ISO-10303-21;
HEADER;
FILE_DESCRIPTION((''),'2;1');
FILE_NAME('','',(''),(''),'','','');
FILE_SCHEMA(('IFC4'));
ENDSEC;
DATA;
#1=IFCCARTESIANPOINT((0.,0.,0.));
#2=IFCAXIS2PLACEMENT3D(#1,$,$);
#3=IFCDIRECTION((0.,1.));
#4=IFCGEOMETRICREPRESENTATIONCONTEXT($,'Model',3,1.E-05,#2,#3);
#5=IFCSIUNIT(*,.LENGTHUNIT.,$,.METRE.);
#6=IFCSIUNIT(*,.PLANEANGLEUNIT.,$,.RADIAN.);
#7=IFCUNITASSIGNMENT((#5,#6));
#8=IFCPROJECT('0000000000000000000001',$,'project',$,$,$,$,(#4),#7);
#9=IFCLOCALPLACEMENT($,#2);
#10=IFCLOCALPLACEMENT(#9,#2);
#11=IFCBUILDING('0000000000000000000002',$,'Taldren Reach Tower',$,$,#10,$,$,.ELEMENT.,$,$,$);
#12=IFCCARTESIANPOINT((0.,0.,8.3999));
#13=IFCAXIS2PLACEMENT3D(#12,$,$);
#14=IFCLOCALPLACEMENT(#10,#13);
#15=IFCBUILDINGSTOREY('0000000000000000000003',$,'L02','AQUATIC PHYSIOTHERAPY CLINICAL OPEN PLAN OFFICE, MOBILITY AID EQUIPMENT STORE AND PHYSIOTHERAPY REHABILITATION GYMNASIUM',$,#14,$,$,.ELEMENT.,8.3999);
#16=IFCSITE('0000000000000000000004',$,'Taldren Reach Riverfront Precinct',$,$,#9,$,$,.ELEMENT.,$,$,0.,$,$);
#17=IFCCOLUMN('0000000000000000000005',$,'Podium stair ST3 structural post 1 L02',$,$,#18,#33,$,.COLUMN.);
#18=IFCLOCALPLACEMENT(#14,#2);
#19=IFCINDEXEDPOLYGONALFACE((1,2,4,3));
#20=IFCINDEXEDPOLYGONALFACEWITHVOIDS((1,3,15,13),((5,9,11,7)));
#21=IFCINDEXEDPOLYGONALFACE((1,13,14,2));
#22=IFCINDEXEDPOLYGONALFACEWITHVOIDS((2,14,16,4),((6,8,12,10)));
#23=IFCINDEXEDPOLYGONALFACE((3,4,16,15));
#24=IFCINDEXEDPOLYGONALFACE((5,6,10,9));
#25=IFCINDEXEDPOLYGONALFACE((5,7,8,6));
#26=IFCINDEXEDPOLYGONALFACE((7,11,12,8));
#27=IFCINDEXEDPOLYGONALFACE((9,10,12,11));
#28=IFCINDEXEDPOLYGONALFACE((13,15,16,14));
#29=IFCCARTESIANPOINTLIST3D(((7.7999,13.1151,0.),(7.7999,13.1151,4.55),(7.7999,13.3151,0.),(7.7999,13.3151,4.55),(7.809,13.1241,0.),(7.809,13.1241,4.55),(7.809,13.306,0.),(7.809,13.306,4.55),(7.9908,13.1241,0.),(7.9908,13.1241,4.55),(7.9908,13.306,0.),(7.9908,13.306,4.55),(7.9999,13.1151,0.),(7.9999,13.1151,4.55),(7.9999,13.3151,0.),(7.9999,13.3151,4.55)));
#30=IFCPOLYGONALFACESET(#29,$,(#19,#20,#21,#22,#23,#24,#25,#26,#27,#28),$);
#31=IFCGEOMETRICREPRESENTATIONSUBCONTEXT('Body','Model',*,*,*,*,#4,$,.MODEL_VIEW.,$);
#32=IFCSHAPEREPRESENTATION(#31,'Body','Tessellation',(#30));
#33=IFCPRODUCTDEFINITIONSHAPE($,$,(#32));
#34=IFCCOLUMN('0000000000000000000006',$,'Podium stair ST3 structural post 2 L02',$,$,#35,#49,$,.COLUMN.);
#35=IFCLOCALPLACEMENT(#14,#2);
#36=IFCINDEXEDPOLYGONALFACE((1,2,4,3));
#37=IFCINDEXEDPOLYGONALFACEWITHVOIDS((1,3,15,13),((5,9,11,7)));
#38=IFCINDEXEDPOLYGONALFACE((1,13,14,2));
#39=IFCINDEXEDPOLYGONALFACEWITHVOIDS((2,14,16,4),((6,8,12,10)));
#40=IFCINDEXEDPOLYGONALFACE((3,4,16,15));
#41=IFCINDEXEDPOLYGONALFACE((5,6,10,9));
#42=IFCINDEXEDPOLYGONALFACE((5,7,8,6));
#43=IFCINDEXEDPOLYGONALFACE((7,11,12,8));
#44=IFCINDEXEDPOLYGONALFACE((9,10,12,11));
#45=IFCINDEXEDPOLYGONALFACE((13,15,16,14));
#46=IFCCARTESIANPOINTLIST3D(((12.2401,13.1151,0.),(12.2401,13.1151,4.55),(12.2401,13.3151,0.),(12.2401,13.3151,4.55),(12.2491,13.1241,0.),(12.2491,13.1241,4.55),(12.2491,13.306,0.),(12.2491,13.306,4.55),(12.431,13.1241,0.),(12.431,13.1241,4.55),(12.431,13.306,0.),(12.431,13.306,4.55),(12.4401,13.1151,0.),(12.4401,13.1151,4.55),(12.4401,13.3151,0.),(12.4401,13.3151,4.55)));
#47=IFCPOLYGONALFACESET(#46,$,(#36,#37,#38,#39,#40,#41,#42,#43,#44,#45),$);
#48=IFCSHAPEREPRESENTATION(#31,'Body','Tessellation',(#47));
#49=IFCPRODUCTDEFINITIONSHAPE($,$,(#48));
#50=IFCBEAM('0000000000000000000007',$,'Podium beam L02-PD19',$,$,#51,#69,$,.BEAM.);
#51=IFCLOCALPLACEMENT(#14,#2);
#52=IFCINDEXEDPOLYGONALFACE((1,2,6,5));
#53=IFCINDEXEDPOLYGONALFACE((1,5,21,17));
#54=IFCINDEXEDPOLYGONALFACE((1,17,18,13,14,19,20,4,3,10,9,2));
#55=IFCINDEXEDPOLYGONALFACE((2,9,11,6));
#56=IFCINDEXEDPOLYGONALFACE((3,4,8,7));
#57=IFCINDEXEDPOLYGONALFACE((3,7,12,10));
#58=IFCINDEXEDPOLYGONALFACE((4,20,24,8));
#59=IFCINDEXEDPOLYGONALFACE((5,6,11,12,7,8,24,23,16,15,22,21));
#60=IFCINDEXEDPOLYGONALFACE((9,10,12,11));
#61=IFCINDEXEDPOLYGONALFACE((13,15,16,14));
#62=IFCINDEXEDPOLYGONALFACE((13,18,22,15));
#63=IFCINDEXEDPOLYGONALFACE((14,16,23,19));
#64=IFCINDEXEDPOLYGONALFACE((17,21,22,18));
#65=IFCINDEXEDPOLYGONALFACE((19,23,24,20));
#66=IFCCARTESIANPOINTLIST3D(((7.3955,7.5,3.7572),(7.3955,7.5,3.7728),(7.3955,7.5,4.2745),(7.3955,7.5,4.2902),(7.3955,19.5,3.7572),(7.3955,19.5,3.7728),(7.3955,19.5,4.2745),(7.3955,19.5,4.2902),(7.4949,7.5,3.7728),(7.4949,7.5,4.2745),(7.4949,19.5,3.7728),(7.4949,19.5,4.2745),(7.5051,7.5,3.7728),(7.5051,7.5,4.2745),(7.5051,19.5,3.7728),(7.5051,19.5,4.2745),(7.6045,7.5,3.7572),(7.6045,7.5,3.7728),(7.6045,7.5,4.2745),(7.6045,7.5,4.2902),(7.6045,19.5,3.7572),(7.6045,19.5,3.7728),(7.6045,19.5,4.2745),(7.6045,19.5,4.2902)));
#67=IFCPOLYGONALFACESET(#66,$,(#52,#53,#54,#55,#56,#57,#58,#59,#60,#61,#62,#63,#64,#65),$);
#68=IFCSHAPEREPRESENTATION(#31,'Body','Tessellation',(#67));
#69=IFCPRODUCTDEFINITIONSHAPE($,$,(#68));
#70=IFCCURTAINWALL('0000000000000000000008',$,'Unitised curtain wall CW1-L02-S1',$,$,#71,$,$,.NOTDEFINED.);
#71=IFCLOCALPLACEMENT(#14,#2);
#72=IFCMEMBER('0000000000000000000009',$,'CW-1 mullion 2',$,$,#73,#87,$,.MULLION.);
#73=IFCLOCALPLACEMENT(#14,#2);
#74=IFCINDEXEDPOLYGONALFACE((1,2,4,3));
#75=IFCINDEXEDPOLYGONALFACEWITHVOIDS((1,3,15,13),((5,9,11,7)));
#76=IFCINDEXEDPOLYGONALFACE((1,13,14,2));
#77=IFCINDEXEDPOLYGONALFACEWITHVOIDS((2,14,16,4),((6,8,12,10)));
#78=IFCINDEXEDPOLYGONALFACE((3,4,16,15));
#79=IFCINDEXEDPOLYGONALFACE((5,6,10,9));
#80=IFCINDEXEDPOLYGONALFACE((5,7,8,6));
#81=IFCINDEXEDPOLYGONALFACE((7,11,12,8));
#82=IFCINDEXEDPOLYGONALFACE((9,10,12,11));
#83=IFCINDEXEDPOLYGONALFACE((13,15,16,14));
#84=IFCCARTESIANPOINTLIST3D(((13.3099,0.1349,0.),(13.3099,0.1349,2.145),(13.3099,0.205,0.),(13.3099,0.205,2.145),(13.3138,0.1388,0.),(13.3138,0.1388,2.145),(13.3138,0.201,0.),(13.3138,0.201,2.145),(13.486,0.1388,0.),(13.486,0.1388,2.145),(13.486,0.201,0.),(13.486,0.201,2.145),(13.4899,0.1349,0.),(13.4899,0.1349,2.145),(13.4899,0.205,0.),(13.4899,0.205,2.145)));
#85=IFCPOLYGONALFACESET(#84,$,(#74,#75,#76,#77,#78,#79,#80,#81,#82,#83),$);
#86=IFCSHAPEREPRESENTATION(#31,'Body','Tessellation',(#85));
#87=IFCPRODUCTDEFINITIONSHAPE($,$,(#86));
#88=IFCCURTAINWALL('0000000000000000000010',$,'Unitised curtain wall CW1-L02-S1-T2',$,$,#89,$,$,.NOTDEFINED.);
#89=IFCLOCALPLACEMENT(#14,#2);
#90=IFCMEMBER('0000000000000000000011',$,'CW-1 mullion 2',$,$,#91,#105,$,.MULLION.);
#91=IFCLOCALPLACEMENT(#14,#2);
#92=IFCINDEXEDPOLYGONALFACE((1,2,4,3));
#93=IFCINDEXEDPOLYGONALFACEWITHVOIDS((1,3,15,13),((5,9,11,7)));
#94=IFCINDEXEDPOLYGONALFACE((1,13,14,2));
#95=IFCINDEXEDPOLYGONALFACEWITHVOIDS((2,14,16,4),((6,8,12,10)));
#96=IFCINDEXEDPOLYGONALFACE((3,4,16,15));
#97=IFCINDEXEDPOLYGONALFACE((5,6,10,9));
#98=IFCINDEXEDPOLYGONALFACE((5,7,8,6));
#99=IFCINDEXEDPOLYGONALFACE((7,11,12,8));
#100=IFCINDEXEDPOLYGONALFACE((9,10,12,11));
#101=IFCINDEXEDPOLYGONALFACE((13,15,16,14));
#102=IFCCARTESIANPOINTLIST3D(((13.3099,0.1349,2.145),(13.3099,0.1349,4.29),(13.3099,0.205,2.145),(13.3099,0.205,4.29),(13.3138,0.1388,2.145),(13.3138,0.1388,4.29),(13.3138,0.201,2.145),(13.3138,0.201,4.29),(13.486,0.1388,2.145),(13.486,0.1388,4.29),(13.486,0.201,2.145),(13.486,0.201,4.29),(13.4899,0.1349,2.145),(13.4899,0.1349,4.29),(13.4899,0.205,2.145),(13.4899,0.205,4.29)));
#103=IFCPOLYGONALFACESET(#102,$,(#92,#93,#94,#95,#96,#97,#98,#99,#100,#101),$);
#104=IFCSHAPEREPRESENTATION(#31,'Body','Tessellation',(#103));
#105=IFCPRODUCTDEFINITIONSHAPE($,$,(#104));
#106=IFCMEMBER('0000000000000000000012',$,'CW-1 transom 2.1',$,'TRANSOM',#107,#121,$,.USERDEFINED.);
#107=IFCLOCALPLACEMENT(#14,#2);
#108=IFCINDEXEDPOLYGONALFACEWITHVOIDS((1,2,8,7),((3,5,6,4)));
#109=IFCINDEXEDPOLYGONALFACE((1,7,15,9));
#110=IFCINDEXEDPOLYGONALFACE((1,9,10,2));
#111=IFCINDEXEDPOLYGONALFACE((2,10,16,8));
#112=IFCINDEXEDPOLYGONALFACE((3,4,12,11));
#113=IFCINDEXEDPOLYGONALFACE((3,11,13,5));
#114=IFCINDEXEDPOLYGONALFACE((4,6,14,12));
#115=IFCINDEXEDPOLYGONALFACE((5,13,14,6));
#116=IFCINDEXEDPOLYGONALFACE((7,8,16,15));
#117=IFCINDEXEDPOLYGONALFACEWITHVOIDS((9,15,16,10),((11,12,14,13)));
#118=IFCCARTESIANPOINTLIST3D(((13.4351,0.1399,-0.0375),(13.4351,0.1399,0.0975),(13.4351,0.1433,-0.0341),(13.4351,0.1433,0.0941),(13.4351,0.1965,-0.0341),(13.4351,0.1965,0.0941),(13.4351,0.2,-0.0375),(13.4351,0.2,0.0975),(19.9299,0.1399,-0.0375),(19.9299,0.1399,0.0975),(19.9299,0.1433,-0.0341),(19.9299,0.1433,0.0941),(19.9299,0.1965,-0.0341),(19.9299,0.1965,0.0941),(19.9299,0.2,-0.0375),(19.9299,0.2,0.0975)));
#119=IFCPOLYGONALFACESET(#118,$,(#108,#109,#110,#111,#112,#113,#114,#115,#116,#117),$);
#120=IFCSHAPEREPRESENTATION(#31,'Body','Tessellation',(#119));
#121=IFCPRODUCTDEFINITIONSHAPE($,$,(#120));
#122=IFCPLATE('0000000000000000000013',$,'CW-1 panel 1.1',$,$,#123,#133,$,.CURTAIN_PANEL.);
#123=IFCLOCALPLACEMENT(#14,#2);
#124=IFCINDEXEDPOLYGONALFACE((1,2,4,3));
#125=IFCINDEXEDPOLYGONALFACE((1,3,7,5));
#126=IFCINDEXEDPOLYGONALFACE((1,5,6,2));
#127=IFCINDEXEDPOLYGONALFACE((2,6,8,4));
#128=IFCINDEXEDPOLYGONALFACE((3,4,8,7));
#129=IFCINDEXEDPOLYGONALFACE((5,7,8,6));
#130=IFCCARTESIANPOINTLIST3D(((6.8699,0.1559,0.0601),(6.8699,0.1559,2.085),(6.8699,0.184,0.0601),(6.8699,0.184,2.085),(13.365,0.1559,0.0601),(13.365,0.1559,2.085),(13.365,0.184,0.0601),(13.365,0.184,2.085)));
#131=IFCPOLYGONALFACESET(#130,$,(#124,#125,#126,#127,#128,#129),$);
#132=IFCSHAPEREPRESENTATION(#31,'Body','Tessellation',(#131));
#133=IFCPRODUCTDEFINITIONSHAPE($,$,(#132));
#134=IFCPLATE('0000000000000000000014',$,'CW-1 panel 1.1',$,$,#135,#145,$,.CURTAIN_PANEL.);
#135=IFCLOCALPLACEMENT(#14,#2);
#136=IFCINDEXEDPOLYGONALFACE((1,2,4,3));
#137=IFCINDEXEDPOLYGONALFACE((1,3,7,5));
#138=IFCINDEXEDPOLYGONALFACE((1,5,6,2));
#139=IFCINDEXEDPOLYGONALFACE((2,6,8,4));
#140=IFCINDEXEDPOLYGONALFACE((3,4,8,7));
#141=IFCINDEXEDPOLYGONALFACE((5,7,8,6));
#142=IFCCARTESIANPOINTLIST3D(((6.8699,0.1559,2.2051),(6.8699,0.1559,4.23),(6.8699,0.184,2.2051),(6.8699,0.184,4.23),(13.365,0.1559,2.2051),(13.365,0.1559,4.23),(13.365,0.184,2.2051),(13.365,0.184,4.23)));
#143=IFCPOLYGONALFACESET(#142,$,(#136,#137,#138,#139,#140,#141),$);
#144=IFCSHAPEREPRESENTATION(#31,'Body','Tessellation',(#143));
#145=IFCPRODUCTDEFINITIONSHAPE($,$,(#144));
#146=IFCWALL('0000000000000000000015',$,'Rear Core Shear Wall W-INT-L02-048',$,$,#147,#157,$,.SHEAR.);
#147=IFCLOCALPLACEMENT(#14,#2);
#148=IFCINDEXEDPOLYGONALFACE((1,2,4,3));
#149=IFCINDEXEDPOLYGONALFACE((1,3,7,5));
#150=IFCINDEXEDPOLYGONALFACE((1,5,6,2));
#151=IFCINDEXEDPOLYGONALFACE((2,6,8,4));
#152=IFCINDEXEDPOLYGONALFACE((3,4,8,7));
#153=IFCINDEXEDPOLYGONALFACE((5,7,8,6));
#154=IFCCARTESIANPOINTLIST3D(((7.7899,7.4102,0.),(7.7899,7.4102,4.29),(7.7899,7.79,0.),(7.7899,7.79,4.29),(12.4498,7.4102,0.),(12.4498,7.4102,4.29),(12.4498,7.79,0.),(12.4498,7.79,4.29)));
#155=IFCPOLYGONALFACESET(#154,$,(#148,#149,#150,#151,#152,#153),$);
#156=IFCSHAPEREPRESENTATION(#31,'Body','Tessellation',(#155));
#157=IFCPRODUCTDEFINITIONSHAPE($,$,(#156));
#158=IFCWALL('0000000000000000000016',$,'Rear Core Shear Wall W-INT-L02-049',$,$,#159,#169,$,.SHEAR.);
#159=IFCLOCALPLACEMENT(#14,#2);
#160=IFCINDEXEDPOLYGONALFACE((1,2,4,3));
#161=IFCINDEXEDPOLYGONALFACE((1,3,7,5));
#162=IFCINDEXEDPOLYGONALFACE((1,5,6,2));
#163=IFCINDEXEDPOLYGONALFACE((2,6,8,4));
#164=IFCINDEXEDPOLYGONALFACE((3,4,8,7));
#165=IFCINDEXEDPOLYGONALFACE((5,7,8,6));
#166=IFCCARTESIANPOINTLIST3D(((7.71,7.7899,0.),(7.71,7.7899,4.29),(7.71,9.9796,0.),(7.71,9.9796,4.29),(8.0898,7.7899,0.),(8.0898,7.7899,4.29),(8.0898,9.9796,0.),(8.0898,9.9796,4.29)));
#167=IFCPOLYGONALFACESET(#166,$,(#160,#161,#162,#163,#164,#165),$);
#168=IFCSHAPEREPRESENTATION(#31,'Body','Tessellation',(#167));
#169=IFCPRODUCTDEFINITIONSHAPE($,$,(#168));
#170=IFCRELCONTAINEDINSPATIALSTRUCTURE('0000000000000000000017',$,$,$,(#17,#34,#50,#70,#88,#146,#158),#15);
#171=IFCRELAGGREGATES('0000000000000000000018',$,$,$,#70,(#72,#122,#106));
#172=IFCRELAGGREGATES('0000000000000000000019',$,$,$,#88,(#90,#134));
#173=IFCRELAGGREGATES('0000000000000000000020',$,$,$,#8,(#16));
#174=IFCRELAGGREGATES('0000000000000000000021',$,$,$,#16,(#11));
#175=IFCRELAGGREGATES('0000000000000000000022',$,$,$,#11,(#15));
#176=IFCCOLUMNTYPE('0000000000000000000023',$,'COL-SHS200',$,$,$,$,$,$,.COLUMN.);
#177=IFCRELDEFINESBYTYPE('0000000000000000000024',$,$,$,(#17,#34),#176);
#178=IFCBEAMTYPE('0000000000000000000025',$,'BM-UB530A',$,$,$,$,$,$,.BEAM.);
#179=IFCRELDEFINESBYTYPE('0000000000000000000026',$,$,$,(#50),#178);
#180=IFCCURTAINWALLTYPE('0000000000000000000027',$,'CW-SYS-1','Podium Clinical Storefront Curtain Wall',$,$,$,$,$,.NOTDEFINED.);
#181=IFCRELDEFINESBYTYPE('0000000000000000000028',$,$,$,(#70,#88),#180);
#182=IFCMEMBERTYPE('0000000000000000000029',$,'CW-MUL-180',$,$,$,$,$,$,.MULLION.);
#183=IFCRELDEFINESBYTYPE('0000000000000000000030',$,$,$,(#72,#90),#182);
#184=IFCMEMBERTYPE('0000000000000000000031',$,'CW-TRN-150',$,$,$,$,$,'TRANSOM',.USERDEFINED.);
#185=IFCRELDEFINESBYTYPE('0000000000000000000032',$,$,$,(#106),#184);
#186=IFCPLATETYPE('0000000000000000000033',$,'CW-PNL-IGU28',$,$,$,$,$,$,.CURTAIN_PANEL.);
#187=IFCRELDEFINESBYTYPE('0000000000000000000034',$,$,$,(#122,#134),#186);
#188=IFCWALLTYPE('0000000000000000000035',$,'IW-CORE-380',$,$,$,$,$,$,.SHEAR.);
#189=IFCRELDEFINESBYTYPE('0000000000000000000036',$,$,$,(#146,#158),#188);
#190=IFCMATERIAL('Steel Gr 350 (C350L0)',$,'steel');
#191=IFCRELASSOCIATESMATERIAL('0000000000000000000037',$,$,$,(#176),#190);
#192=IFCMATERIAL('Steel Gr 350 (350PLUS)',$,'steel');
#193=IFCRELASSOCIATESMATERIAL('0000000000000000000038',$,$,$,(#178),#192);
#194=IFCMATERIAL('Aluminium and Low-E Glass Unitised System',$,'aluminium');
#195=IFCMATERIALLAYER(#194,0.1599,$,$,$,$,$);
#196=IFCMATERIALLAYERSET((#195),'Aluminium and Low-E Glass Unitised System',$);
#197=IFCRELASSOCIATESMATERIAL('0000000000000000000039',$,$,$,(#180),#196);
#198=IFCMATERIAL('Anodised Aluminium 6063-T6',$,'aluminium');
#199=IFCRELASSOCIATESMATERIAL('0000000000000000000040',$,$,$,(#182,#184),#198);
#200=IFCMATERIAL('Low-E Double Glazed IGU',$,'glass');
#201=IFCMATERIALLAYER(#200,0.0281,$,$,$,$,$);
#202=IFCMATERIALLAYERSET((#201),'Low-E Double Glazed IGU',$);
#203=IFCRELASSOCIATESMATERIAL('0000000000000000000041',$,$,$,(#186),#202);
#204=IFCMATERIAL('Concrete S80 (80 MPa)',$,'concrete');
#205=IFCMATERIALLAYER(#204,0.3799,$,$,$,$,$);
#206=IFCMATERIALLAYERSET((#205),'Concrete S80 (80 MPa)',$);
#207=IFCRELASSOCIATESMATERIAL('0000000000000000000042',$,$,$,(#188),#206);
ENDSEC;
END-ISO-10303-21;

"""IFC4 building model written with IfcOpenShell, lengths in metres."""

from ifc_helpers import new_model, si_unit, direction, frame, frame_2d, origin, origin_2d, place, context, subcontext, project, spatial, rectangle, hollow_rectangle, i_section, extrude, source, transform, mapped, material, layer, layer_set, material_profile, profile_set, type_object, element, aggregate, save


model = new_model("IFC4")

# Units and contexts
model_context = context("Model", 3, precision=1e-05, world=origin(), true_north=direction((0.0, 1.0)))
body_context = subcontext(model_context, "Body", "Model", "MODEL_VIEW")
ifc_project = project(units=[si_unit("LENGTHUNIT", "METRE"), si_unit("PLANEANGLEUNIT", "RADIAN")], contexts=[model_context])

# Site, building, storey
site_placement = place(None, origin())
site = spatial("IfcSite", under=ifc_project, at=site_placement, Name="Taldren Reach Riverfront Precinct", CompositionType="ELEMENT", RefElevation=0.0)
building_placement = place(site_placement, origin())
building = spatial("IfcBuilding", under=site, at=building_placement, Name="Taldren Reach Tower", CompositionType="ELEMENT")
storey_placement = place(building_placement, frame((0.0, 0.0, 8.3999)))
storey = spatial("IfcBuildingStorey", under=building, at=storey_placement, Name="L02", Description="AQUATIC PHYSIOTHERAPY CLINICAL OPEN PLAN OFFICE, MOBILITY AID EQUIPMENT STORE AND PHYSIOTHERAPY REHABILITATION GYMNASIUM", CompositionType="ELEMENT", Elevation=8.3999)

# Columns
ifc_material_1 = material(Name="Steel Gr 350 (C350L0)", Category="steel")
ifc_material_profile_1 = material_profile(ifc_material_1, hollow_rectangle(XDim=0.2, YDim=0.2, WallThickness=0.009, at=origin_2d()), Name="200x200x9.0SHS")
ifc_profile_set_1 = profile_set([ifc_material_profile_1], Name="Steel Gr 350 (C350L0)")
column_type = type_object("IfcColumnType", Name="COL-SHS200", PredefinedType="COLUMN", material=ifc_profile_set_1)
shared_shape_1 = source(origin(), body_context, "Body", "SweptSolid", [
    extrude(hollow_rectangle(XDim=0.2, YDim=0.2, WallThickness=0.009, at=origin_2d()), origin(), (0.0, 0.0, 1.0), 4.55),
])
for number, where, z_axis, x_axis, name in (
    (1, (7.8999, 13.2151, 0.0), (0.0, 0.0, 1.0), (1.0, 0.0, 0.0), "Podium stair ST3 structural post 1 L02"),
    (2, (12.3401, 13.2151, 0.0), (0.0, 0.0, 1.0), (1.0, 0.0, 0.0), "Podium stair ST3 structural post 2 L02"),
):
    element("IfcColumn", number, at=place(storey_placement, frame(where, z_axis=z_axis, x_axis=x_axis)), inside=storey, type_object=column_type, Name=name, PredefinedType="COLUMN", context=body_context, shape_type="MappedRepresentation", body=[
        mapped(shared_shape_1, transform((0.0, 0.0, 0.0), scale=1.0)),
    ])

# Beam
ifc_material_2 = material(Name="Steel Gr 350 (350PLUS)", Category="steel")
ifc_material_profile_2 = material_profile(ifc_material_2, i_section(OverallWidth=0.209, OverallDepth=0.533, WebThickness=0.0103, FlangeThickness=0.0156, at=origin_2d()), Name="530UB92.4")
ifc_profile_set_2 = profile_set([ifc_material_profile_2], Name="Steel Gr 350 (350PLUS)")
beam_type = type_object("IfcBeamType", Name="BM-UB530A", PredefinedType="BEAM", material=ifc_profile_set_2)
shared_shape_2 = source(origin(), body_context, "Body", "SweptSolid", [
    extrude(i_section(OverallWidth=0.209, OverallDepth=0.533, WebThickness=0.0103, FlangeThickness=0.0156, at=origin_2d()), origin(), (0.0, 0.0, 1.0), 12.0),
])
beam_placement = place(storey_placement, frame((7.5, 7.5, 4.0237), z_axis=(0.0, 1.0, 0.0), x_axis=(-1.0, 0.0, 0.0)))
element("IfcBeam", 3, at=beam_placement, inside=storey, type_object=beam_type, Name="Podium beam L02-PD19", PredefinedType="BEAM", context=body_context, shape_type="MappedRepresentation", body=[
    mapped(shared_shape_2, transform((0.0, 0.0, 0.0), scale=1.0)),
])

# Curtain walls, members
ifc_material_3 = material(Name="Aluminium and Low-E Glass Unitised System", Category="aluminium")
ifc_layer_1 = layer(ifc_material_3, 0.1599)
ifc_layer_set_1 = layer_set([ifc_layer_1], Name="Aluminium and Low-E Glass Unitised System")
curtain_wall_type = type_object("IfcCurtainWallType", Name="CW-SYS-1", Description="Podium Clinical Storefront Curtain Wall", PredefinedType="NOTDEFINED", material=ifc_layer_set_1)
curtain_wall_1_placement = place(storey_placement, origin())
curtain_wall_1 = element("IfcCurtainWall", 4, at=curtain_wall_1_placement, inside=storey, type_object=curtain_wall_type, Name="Unitised curtain wall CW1-L02-S1", PredefinedType="NOTDEFINED")
ifc_material_4 = material(Name="Anodised Aluminium 6063-T6", Category="aluminium")
ifc_material_profile_3 = material_profile(ifc_material_4, hollow_rectangle(XDim=0.0701, YDim=0.1799, WallThickness=0.0039, at=origin_2d()), Name="ALU-180x70x4RHS")
ifc_profile_set_3 = profile_set([ifc_material_profile_3], Name="Anodised Aluminium 6063-T6")
member_type_1 = type_object("IfcMemberType", Name="CW-MUL-180", PredefinedType="MULLION", material=ifc_profile_set_3)
shared_shape_3 = source(origin(), body_context, "Body", "SweptSolid", [
    extrude(hollow_rectangle(XDim=0.0701, YDim=0.1799, WallThickness=0.0039, at=origin_2d()), origin(), (0.0, 0.0, 1.0), 2.145),
])
member_1_placement = place(storey_placement, frame((13.3999, 0.1699, 0.0), z_axis=(0.0, 0.0, 1.0), x_axis=(0.0, 1.0, 0.0)))
member_1 = element("IfcMember", 5, at=member_1_placement, type_object=member_type_1, Name="CW-1 mullion 2", PredefinedType="MULLION", context=body_context, shape_type="MappedRepresentation", body=[
    mapped(shared_shape_3, transform((0.0, 0.0, 0.0), scale=1.0)),
])
curtain_wall_2_placement = place(storey_placement, origin())
curtain_wall_2 = element("IfcCurtainWall", 6, at=curtain_wall_2_placement, inside=storey, type_object=curtain_wall_type, Name="Unitised curtain wall CW1-L02-S1-T2", PredefinedType="NOTDEFINED")
member_2_placement = place(storey_placement, frame((13.3999, 0.1699, 2.145), z_axis=(0.0, 0.0, 1.0), x_axis=(0.0, 1.0, 0.0)))
member_2 = element("IfcMember", 7, at=member_2_placement, type_object=member_type_1, Name="CW-1 mullion 2", PredefinedType="MULLION", context=body_context, shape_type="MappedRepresentation", body=[
    mapped(shared_shape_3, transform((0.0, 0.0, 0.0), scale=1.0)),
])

# Member
ifc_material_profile_4 = material_profile(ifc_material_4, hollow_rectangle(XDim=0.0601, YDim=0.135, WallThickness=0.0034, at=origin_2d()), Name="ALU-135x60x3.5RHS")
ifc_profile_set_4 = profile_set([ifc_material_profile_4], Name="Anodised Aluminium 6063-T6")
member_type_2 = type_object("IfcMemberType", Name="CW-TRN-150", ElementType="TRANSOM", PredefinedType="USERDEFINED", material=ifc_profile_set_4)
shared_shape_4 = source(origin(), body_context, "Body", "SweptSolid", [
    extrude(hollow_rectangle(XDim=0.0601, YDim=0.135, WallThickness=0.0034, at=origin_2d()), origin(), (0.0, 0.0, 1.0), 6.4949),
])
member_3_placement = place(storey_placement, frame((13.4351, 0.1699, 0.03), z_axis=(1.0, 0.0, 0.0), x_axis=(0.0, 1.0, 0.0)))
member_3 = element("IfcMember", 8, at=member_3_placement, type_object=member_type_2, Name="CW-1 transom 2.1", ObjectType="TRANSOM", PredefinedType="USERDEFINED", context=body_context, shape_type="MappedRepresentation", body=[
    mapped(shared_shape_4, transform((0.0, 0.0, 0.0), scale=1.0)),
])

# Plates
ifc_material_5 = material(Name="Low-E Double Glazed IGU", Category="glass")
ifc_layer_2 = layer(ifc_material_5, 0.0281)
ifc_layer_set_2 = layer_set([ifc_layer_2], Name="Low-E Double Glazed IGU")
plate_type = type_object("IfcPlateType", Name="CW-PNL-IGU28", PredefinedType="CURTAIN_PANEL", material=ifc_layer_set_2)
shared_shape_5 = source(origin(), body_context, "Body", "SweptSolid", [
    extrude(rectangle(XDim=6.4951, YDim=0.0281, at=origin_2d()), origin(), (0.0, 0.0, 1.0), 2.0249),
])
plate_1_placement = place(storey_placement, frame((10.1174, 0.1699, 0.0601), z_axis=(0.0, 0.0, 1.0), x_axis=(1.0, 0.0, 0.0)))
plate_1 = element("IfcPlate", 9, at=plate_1_placement, type_object=plate_type, Name="CW-1 panel 1.1", PredefinedType="CURTAIN_PANEL", context=body_context, shape_type="MappedRepresentation", body=[
    mapped(shared_shape_5, transform((0.0, 0.0, 0.0), scale=1.0)),
])
aggregate(curtain_wall_1, [member_1, plate_1, member_3])
plate_2_placement = place(storey_placement, frame((10.1174, 0.1699, 2.2051), z_axis=(0.0, 0.0, 1.0), x_axis=(1.0, 0.0, 0.0)))
plate_2 = element("IfcPlate", 10, at=plate_2_placement, type_object=plate_type, Name="CW-1 panel 1.1", PredefinedType="CURTAIN_PANEL", context=body_context, shape_type="MappedRepresentation", body=[
    mapped(shared_shape_5, transform((0.0, 0.0, 0.0), scale=1.0)),
])
aggregate(curtain_wall_2, [member_2, plate_2])

# Walls
ifc_material_6 = material(Name="Concrete S80 (80 MPa)", Category="concrete")
ifc_layer_3 = layer(ifc_material_6, 0.3799)
ifc_layer_set_3 = layer_set([ifc_layer_3], Name="Concrete S80 (80 MPa)")
wall_type = type_object("IfcWallType", Name="IW-CORE-380", PredefinedType="SHEAR", material=ifc_layer_set_3)
shared_shape_6 = source(origin(), body_context, "Body", "SweptSolid", [
    extrude(rectangle(XDim=4.6599, YDim=0.3799, at=frame_2d((2.3301, 0.0))), origin(), (0.0, 0.0, 1.0), 4.29),
])
wall_1_placement = place(storey_placement, frame((12.45, 7.6001, 0.0), z_axis=(0.0, 0.0, 1.0), x_axis=(-1.0, 0.0, 0.0)))
element("IfcWall", 11, at=wall_1_placement, inside=storey, type_object=wall_type, Name="Rear Core Shear Wall W-INT-L02-048", PredefinedType="SHEAR", context=body_context, shape_type="MappedRepresentation", body=[
    mapped(shared_shape_6, transform((0.0, 0.0, 0.0), scale=1.0)),
])
shared_shape_7 = source(origin(), body_context, "Body", "SweptSolid", [
    extrude(rectangle(XDim=2.1897, YDim=0.3799, at=frame_2d((1.0947, 0.0))), origin(), (0.0, 0.0, 1.0), 4.29),
])
wall_2_placement = place(storey_placement, frame((7.8999, 7.79, 0.0), z_axis=(0.0, 0.0, 1.0), x_axis=(0.0, 1.0, 0.0)))
element("IfcWall", 12, at=wall_2_placement, inside=storey, type_object=wall_type, Name="Rear Core Shear Wall W-INT-L02-049", PredefinedType="SHEAR", context=body_context, shape_type="MappedRepresentation", body=[
    mapped(shared_shape_7, transform((0.0, 0.0, 0.0), scale=1.0)),
])

save(model, "model.ifc")
